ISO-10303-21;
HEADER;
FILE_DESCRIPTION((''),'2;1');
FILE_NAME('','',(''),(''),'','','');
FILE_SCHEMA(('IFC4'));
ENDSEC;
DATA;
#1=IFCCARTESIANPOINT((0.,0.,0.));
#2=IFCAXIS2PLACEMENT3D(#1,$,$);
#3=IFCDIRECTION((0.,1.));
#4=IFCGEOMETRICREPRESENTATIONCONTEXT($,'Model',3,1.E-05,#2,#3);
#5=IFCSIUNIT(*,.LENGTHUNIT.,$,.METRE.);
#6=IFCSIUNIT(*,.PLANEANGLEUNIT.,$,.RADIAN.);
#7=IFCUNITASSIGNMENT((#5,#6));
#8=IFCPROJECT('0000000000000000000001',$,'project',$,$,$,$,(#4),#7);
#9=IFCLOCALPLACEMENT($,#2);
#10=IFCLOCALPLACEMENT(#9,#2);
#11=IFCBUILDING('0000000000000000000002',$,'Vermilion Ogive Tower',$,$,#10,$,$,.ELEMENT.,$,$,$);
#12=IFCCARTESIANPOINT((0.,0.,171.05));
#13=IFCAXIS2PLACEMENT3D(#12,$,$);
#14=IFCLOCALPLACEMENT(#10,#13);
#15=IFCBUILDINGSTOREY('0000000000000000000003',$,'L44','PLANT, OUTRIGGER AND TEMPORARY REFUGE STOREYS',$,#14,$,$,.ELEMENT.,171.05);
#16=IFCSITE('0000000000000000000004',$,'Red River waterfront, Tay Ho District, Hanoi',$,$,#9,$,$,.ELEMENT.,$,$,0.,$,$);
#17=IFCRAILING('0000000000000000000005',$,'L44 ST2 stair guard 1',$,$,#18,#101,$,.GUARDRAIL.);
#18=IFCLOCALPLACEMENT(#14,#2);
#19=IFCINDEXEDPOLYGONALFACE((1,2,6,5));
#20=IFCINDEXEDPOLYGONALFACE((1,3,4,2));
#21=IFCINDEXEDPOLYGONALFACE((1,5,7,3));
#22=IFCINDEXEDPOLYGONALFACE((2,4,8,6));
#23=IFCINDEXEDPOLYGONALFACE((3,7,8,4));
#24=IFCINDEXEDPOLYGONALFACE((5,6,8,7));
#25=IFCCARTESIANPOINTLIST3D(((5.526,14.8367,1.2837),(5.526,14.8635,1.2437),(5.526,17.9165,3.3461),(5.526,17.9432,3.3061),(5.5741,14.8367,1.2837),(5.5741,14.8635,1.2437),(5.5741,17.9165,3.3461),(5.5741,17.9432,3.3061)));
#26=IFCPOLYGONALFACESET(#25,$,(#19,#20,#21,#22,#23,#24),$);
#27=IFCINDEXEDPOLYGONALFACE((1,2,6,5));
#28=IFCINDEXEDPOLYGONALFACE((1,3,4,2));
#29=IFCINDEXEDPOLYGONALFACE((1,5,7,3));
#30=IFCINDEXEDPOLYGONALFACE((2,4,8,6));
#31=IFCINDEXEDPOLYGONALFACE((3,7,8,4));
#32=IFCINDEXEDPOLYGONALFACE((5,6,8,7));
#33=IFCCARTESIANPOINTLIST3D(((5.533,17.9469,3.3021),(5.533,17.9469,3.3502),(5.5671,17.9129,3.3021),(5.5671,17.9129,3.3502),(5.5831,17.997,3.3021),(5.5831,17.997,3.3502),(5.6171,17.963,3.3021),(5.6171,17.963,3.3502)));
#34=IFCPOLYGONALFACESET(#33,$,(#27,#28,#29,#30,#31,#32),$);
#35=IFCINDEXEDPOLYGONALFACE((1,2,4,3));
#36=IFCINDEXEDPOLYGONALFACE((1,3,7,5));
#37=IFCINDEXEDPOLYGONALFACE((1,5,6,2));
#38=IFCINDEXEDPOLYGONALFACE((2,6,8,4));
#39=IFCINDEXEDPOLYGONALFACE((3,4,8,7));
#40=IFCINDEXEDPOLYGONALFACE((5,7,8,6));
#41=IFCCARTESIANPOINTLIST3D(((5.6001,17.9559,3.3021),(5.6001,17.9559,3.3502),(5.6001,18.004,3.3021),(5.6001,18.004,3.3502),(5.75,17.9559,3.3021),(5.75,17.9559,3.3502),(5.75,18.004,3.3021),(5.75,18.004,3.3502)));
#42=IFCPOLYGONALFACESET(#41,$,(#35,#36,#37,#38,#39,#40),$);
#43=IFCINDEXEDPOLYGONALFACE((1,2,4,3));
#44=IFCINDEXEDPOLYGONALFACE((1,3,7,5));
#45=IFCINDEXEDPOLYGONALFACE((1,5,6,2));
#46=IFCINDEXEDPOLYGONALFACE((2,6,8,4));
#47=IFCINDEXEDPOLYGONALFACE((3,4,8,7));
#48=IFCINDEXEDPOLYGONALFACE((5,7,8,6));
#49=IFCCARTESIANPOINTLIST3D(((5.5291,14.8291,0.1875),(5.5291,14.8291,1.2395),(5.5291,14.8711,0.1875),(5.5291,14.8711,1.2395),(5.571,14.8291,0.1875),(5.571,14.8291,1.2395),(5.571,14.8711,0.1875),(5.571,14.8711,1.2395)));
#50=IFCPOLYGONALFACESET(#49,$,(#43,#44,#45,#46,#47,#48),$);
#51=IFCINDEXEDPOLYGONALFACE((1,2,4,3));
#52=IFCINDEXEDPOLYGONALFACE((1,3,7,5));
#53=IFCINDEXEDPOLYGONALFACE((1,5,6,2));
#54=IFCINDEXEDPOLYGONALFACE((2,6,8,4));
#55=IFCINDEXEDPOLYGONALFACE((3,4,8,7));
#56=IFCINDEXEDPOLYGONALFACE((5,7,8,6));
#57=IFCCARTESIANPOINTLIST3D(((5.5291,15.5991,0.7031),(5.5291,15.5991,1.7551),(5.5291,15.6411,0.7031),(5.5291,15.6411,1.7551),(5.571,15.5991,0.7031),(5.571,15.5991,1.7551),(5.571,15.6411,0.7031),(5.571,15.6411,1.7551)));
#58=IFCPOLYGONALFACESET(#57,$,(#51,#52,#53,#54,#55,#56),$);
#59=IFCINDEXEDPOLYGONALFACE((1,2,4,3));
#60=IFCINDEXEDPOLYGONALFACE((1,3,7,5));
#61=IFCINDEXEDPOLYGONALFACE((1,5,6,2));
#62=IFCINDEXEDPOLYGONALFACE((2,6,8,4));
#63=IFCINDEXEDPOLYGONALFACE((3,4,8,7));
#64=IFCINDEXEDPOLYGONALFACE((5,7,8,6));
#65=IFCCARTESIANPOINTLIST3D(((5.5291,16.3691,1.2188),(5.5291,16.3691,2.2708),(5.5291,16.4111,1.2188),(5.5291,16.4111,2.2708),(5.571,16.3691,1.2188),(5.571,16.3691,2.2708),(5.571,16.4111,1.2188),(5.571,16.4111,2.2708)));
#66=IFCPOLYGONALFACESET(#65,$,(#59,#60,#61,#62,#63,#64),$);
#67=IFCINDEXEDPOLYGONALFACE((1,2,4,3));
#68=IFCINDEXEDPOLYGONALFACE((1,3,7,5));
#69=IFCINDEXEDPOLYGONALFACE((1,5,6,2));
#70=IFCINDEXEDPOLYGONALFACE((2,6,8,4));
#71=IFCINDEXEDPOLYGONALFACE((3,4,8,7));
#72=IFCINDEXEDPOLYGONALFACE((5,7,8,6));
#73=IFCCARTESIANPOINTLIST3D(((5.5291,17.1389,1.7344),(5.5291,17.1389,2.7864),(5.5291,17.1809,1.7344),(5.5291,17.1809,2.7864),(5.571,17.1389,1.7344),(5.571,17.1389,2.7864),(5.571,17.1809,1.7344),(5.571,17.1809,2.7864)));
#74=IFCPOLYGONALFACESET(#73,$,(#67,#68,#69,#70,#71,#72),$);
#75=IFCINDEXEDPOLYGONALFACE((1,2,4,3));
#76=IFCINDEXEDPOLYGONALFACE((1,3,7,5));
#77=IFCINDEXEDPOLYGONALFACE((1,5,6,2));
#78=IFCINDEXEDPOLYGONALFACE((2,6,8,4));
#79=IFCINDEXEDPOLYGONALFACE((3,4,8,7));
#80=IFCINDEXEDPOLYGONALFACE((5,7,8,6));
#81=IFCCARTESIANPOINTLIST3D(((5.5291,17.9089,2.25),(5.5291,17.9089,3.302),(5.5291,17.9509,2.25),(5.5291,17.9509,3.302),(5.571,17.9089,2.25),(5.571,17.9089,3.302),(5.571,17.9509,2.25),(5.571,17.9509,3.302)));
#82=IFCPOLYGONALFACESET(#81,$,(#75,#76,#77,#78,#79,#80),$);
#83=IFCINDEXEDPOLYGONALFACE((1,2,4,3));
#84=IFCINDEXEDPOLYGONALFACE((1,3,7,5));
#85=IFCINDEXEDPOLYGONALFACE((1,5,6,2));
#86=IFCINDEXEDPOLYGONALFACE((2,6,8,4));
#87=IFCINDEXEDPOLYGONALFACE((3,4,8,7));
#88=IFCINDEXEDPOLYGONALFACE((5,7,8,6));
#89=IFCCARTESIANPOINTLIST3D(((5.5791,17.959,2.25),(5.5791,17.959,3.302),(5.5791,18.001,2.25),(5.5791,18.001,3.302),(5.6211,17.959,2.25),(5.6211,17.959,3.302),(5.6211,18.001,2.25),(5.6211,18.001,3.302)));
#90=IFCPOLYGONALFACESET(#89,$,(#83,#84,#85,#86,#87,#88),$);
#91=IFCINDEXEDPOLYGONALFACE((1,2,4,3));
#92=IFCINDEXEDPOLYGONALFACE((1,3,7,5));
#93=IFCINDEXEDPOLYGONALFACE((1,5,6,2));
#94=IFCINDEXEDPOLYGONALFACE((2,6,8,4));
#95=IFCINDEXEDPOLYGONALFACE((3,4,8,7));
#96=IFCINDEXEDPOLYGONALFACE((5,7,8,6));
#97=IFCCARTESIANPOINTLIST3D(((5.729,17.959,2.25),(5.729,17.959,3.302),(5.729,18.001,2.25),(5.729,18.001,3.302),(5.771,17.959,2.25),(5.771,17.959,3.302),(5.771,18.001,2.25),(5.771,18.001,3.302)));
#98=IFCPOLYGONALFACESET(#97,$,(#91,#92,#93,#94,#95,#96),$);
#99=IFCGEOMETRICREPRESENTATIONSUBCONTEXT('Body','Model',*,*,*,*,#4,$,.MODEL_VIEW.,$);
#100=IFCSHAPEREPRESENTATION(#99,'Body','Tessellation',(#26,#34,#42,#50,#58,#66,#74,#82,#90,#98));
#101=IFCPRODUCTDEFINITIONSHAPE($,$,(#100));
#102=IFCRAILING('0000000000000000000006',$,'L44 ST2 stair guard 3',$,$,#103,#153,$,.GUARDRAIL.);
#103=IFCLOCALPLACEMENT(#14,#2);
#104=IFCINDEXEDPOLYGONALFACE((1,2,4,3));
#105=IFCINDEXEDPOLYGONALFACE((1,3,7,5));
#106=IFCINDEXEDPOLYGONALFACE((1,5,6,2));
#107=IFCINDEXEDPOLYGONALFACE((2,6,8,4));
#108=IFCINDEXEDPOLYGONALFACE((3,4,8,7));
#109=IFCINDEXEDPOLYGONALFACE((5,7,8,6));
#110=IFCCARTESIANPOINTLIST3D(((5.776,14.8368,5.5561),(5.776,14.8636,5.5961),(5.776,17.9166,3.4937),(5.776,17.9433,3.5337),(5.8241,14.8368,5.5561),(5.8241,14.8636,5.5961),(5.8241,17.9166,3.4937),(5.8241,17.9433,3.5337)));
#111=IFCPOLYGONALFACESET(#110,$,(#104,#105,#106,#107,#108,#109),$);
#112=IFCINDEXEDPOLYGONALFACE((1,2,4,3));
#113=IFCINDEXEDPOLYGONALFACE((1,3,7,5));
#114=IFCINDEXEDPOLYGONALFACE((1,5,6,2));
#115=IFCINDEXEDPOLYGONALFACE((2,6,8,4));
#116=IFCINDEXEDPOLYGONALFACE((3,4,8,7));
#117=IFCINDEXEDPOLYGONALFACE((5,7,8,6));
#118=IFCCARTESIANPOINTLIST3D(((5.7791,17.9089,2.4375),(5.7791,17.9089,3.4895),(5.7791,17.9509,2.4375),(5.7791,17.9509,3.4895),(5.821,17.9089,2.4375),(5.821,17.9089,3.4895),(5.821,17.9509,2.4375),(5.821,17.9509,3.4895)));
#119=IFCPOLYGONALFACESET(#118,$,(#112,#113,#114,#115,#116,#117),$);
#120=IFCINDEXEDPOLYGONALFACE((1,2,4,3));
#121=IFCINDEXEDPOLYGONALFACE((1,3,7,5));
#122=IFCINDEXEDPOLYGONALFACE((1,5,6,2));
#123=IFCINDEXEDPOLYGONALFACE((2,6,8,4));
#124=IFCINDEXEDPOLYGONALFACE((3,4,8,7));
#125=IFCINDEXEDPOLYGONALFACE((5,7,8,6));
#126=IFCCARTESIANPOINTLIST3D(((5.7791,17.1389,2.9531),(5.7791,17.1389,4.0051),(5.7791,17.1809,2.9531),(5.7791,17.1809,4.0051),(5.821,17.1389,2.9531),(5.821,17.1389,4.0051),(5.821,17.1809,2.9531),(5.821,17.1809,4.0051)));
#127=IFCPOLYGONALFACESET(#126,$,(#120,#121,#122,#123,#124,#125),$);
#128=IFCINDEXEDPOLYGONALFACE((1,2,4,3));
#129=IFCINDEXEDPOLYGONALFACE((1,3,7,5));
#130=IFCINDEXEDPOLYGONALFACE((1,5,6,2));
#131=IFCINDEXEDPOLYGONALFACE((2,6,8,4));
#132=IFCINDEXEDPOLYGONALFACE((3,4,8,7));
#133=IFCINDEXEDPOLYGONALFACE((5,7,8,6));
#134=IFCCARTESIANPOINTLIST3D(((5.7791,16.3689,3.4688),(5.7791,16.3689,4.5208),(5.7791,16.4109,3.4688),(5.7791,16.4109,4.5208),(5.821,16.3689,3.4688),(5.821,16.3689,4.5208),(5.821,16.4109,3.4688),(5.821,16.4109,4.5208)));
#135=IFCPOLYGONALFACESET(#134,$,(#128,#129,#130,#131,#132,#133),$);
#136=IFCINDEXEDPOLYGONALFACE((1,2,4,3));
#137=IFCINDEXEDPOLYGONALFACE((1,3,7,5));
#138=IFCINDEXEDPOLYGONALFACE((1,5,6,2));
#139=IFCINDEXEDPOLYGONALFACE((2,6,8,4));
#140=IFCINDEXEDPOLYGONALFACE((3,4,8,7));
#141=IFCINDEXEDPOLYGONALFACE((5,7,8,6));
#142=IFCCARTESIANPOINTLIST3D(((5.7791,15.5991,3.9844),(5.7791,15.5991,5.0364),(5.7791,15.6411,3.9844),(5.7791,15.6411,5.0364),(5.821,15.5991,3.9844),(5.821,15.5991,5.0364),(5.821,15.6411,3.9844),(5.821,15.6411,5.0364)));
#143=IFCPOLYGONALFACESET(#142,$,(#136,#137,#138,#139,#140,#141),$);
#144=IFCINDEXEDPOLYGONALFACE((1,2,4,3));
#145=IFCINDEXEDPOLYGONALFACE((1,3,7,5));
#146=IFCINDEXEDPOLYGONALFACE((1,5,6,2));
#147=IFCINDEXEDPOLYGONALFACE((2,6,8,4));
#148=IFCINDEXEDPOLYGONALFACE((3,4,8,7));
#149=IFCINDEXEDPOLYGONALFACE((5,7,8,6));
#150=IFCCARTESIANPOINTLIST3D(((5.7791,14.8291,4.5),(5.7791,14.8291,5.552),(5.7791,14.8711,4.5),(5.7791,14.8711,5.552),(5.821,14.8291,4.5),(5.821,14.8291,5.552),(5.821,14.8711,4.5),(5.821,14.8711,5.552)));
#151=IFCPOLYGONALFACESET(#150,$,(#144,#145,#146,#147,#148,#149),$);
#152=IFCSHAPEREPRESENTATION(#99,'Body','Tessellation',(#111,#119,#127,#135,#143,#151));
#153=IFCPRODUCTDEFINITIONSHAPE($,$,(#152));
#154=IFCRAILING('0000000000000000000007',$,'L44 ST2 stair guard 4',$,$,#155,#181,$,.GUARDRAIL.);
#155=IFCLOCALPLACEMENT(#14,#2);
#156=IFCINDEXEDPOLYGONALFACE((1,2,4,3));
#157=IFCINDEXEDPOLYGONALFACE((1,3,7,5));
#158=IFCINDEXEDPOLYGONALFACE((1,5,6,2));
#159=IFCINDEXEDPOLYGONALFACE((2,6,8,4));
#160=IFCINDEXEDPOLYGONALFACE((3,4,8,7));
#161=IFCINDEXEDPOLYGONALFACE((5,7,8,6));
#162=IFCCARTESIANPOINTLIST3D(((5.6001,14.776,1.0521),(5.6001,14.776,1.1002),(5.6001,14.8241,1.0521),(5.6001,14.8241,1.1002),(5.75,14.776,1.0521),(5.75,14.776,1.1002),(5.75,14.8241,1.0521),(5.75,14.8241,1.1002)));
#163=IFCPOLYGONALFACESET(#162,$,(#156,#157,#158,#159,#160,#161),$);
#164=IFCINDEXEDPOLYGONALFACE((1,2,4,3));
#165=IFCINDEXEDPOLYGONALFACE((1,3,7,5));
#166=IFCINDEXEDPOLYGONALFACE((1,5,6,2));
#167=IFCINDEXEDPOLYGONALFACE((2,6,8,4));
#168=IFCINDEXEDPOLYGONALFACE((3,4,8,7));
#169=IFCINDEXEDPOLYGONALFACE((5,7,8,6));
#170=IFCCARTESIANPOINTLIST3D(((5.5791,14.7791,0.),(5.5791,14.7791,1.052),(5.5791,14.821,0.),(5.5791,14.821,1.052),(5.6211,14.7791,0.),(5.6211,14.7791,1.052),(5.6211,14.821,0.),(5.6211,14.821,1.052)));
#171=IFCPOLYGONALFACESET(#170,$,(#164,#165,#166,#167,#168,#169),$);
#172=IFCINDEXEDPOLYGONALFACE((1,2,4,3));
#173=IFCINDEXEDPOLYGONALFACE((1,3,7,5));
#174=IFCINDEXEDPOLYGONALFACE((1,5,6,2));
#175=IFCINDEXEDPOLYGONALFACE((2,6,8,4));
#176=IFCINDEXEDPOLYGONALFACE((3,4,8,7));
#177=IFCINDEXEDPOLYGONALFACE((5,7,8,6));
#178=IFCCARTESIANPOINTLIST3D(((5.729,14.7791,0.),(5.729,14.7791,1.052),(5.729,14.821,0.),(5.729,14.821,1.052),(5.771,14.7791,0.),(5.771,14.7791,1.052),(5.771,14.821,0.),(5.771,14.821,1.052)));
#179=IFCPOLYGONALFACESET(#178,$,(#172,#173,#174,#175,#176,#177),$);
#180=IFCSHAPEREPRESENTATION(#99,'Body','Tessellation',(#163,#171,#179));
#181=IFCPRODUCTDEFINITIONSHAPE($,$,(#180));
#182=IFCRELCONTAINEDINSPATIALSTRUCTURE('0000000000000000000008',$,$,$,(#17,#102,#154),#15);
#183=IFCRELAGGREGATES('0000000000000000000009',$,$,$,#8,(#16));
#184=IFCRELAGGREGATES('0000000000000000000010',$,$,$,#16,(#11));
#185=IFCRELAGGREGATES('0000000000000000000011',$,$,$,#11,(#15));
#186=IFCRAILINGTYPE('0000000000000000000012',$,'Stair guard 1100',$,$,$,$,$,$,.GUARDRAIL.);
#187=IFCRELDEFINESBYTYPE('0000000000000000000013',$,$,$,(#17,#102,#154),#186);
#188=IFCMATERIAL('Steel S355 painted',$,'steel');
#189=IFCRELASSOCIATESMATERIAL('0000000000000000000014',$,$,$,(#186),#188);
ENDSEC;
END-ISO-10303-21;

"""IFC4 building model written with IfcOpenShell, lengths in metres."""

from ifc_helpers import new_model, si_unit, direction, frame, origin, origin_2d, place, context, subcontext, project, spatial, rectangle, extrude, material, type_object, element, save


model = new_model("IFC4")

# Units and contexts
model_context = context("Model", 3, precision=1e-05, world=origin(), true_north=direction((0.0, 1.0)))
body_context = subcontext(model_context, "Body", "Model", "MODEL_VIEW")
ifc_project = project(units=[si_unit("LENGTHUNIT", "METRE"), si_unit("PLANEANGLEUNIT", "RADIAN")], contexts=[model_context])

# Site, building, storey
site_placement = place(None, origin())
site = spatial("IfcSite", under=ifc_project, at=site_placement, Name="Red River waterfront, Tay Ho District, Hanoi", CompositionType="ELEMENT", RefElevation=0.0)
building_placement = place(site_placement, origin())
building = spatial("IfcBuilding", under=site, at=building_placement, Name="Vermilion Ogive Tower", CompositionType="ELEMENT")
storey_placement = place(building_placement, frame((0.0, 0.0, 171.05)))
storey = spatial("IfcBuildingStorey", under=building, at=storey_placement, Name="L44", Description="PLANT, OUTRIGGER AND TEMPORARY REFUGE STOREYS", CompositionType="ELEMENT", Elevation=171.05)

# Railings
ifc_material_1 = material(Name="Steel S355 painted", Category="steel")
railing_type_1 = type_object("IfcRailingType", Name="Stair guard 1100", PredefinedType="GUARDRAIL", material=ifc_material_1)
railing_1_placement = place(storey_placement, frame((5.55, 14.8501, 0.1875)))
element("IfcRailing", 1, at=railing_1_placement, inside=storey, type_object=railing_type_1, Name="L44 ST2 stair guard 1", PredefinedType="GUARDRAIL", context=body_context, shape_type="SweptSolid", body=[
    extrude(rectangle(XDim=0.0481, YDim=0.0481, at=origin_2d()), frame((0.0, 0.0, 1.0762), z_axis=(0.0, 0.830893, 0.556432), x_axis=(-1.0, 0.0, 0.0)), (0.0, 0.0, 1.0), 3.7065),
    extrude(rectangle(XDim=0.0481, YDim=0.0481, at=origin_2d()), frame((0.0, 3.0798, 3.1387), z_axis=(0.707107, 0.707107, 0.0), x_axis=(-0.707107, 0.707107, 0.0)), (0.0, 0.0, 1.0), 0.0708),
    extrude(rectangle(XDim=0.0481, YDim=0.0481, at=origin_2d()), frame((0.05, 3.1299, 3.1387), z_axis=(1.0, 0.0, 0.0), x_axis=(0.0, 1.0, 0.0)), (0.0, 0.0, 1.0), 0.1499),
    extrude(rectangle(XDim=0.042, YDim=0.042, at=origin_2d()), origin(), (0.0, 0.0, 1.0), 1.052),
    extrude(rectangle(XDim=0.042, YDim=0.042, at=origin_2d()), frame((0.0, 0.77, 0.5156)), (0.0, 0.0, 1.0), 1.052),
    extrude(rectangle(XDim=0.042, YDim=0.042, at=origin_2d()), frame((0.0, 1.54, 1.0312)), (0.0, 0.0, 1.0), 1.052),
    extrude(rectangle(XDim=0.042, YDim=0.042, at=origin_2d()), frame((0.0, 2.3098, 1.5469)), (0.0, 0.0, 1.0), 1.052),
    extrude(rectangle(XDim=0.042, YDim=0.042, at=origin_2d()), frame((0.0, 3.0798, 2.0625)), (0.0, 0.0, 1.0), 1.052),
    extrude(rectangle(XDim=0.042, YDim=0.042, at=origin_2d()), frame((0.05, 3.1299, 2.0625)), (0.0, 0.0, 1.0), 1.052),
    extrude(rectangle(XDim=0.042, YDim=0.042, at=origin_2d()), frame((0.2, 3.1299, 2.0625)), (0.0, 0.0, 1.0), 1.052),
])
railing_2_placement = place(storey_placement, frame((5.8, 17.9299, 2.4375)))
element("IfcRailing", 2, at=railing_2_placement, inside=storey, type_object=railing_type_1, Name="L44 ST2 stair guard 3", PredefinedType="GUARDRAIL", context=body_context, shape_type="SweptSolid", body=[
    extrude(rectangle(XDim=0.0481, YDim=0.0481, at=origin_2d()), frame((0.0, 0.0, 1.0762), z_axis=(0.0, -0.830893, 0.556432), x_axis=(1.0, 0.0, 0.0)), (0.0, 0.0, 1.0), 3.7065),
    extrude(rectangle(XDim=0.042, YDim=0.042, at=origin_2d()), origin(), (0.0, 0.0, 1.0), 1.052),
    extrude(rectangle(XDim=0.042, YDim=0.042, at=origin_2d()), frame((0.0, -0.77, 0.5156)), (0.0, 0.0, 1.0), 1.052),
    extrude(rectangle(XDim=0.042, YDim=0.042, at=origin_2d()), frame((0.0, -1.54, 1.0312)), (0.0, 0.0, 1.0), 1.052),
    extrude(rectangle(XDim=0.042, YDim=0.042, at=origin_2d()), frame((0.0, -2.3098, 1.5469)), (0.0, 0.0, 1.0), 1.052),
    extrude(rectangle(XDim=0.042, YDim=0.042, at=origin_2d()), frame((0.0, -3.0798, 2.0625)), (0.0, 0.0, 1.0), 1.052),
])
railing_3_placement = place(storey_placement, frame((5.6001, 14.8, 0.0)))
element("IfcRailing", 3, at=railing_3_placement, inside=storey, type_object=railing_type_1, Name="L44 ST2 stair guard 4", PredefinedType="GUARDRAIL", context=body_context, shape_type="SweptSolid", body=[
    extrude(rectangle(XDim=0.0481, YDim=0.0481, at=origin_2d()), frame((0.0, 0.0, 1.0762), z_axis=(1.0, 0.0, 0.0), x_axis=(0.0, 1.0, 0.0)), (0.0, 0.0, 1.0), 0.1499),
    extrude(rectangle(XDim=0.042, YDim=0.042, at=origin_2d()), origin(), (0.0, 0.0, 1.0), 1.052),
    extrude(rectangle(XDim=0.042, YDim=0.042, at=origin_2d()), frame((0.1499, 0.0, 0.0)), (0.0, 0.0, 1.0), 1.052),
])

save(model, "model.ifc")
